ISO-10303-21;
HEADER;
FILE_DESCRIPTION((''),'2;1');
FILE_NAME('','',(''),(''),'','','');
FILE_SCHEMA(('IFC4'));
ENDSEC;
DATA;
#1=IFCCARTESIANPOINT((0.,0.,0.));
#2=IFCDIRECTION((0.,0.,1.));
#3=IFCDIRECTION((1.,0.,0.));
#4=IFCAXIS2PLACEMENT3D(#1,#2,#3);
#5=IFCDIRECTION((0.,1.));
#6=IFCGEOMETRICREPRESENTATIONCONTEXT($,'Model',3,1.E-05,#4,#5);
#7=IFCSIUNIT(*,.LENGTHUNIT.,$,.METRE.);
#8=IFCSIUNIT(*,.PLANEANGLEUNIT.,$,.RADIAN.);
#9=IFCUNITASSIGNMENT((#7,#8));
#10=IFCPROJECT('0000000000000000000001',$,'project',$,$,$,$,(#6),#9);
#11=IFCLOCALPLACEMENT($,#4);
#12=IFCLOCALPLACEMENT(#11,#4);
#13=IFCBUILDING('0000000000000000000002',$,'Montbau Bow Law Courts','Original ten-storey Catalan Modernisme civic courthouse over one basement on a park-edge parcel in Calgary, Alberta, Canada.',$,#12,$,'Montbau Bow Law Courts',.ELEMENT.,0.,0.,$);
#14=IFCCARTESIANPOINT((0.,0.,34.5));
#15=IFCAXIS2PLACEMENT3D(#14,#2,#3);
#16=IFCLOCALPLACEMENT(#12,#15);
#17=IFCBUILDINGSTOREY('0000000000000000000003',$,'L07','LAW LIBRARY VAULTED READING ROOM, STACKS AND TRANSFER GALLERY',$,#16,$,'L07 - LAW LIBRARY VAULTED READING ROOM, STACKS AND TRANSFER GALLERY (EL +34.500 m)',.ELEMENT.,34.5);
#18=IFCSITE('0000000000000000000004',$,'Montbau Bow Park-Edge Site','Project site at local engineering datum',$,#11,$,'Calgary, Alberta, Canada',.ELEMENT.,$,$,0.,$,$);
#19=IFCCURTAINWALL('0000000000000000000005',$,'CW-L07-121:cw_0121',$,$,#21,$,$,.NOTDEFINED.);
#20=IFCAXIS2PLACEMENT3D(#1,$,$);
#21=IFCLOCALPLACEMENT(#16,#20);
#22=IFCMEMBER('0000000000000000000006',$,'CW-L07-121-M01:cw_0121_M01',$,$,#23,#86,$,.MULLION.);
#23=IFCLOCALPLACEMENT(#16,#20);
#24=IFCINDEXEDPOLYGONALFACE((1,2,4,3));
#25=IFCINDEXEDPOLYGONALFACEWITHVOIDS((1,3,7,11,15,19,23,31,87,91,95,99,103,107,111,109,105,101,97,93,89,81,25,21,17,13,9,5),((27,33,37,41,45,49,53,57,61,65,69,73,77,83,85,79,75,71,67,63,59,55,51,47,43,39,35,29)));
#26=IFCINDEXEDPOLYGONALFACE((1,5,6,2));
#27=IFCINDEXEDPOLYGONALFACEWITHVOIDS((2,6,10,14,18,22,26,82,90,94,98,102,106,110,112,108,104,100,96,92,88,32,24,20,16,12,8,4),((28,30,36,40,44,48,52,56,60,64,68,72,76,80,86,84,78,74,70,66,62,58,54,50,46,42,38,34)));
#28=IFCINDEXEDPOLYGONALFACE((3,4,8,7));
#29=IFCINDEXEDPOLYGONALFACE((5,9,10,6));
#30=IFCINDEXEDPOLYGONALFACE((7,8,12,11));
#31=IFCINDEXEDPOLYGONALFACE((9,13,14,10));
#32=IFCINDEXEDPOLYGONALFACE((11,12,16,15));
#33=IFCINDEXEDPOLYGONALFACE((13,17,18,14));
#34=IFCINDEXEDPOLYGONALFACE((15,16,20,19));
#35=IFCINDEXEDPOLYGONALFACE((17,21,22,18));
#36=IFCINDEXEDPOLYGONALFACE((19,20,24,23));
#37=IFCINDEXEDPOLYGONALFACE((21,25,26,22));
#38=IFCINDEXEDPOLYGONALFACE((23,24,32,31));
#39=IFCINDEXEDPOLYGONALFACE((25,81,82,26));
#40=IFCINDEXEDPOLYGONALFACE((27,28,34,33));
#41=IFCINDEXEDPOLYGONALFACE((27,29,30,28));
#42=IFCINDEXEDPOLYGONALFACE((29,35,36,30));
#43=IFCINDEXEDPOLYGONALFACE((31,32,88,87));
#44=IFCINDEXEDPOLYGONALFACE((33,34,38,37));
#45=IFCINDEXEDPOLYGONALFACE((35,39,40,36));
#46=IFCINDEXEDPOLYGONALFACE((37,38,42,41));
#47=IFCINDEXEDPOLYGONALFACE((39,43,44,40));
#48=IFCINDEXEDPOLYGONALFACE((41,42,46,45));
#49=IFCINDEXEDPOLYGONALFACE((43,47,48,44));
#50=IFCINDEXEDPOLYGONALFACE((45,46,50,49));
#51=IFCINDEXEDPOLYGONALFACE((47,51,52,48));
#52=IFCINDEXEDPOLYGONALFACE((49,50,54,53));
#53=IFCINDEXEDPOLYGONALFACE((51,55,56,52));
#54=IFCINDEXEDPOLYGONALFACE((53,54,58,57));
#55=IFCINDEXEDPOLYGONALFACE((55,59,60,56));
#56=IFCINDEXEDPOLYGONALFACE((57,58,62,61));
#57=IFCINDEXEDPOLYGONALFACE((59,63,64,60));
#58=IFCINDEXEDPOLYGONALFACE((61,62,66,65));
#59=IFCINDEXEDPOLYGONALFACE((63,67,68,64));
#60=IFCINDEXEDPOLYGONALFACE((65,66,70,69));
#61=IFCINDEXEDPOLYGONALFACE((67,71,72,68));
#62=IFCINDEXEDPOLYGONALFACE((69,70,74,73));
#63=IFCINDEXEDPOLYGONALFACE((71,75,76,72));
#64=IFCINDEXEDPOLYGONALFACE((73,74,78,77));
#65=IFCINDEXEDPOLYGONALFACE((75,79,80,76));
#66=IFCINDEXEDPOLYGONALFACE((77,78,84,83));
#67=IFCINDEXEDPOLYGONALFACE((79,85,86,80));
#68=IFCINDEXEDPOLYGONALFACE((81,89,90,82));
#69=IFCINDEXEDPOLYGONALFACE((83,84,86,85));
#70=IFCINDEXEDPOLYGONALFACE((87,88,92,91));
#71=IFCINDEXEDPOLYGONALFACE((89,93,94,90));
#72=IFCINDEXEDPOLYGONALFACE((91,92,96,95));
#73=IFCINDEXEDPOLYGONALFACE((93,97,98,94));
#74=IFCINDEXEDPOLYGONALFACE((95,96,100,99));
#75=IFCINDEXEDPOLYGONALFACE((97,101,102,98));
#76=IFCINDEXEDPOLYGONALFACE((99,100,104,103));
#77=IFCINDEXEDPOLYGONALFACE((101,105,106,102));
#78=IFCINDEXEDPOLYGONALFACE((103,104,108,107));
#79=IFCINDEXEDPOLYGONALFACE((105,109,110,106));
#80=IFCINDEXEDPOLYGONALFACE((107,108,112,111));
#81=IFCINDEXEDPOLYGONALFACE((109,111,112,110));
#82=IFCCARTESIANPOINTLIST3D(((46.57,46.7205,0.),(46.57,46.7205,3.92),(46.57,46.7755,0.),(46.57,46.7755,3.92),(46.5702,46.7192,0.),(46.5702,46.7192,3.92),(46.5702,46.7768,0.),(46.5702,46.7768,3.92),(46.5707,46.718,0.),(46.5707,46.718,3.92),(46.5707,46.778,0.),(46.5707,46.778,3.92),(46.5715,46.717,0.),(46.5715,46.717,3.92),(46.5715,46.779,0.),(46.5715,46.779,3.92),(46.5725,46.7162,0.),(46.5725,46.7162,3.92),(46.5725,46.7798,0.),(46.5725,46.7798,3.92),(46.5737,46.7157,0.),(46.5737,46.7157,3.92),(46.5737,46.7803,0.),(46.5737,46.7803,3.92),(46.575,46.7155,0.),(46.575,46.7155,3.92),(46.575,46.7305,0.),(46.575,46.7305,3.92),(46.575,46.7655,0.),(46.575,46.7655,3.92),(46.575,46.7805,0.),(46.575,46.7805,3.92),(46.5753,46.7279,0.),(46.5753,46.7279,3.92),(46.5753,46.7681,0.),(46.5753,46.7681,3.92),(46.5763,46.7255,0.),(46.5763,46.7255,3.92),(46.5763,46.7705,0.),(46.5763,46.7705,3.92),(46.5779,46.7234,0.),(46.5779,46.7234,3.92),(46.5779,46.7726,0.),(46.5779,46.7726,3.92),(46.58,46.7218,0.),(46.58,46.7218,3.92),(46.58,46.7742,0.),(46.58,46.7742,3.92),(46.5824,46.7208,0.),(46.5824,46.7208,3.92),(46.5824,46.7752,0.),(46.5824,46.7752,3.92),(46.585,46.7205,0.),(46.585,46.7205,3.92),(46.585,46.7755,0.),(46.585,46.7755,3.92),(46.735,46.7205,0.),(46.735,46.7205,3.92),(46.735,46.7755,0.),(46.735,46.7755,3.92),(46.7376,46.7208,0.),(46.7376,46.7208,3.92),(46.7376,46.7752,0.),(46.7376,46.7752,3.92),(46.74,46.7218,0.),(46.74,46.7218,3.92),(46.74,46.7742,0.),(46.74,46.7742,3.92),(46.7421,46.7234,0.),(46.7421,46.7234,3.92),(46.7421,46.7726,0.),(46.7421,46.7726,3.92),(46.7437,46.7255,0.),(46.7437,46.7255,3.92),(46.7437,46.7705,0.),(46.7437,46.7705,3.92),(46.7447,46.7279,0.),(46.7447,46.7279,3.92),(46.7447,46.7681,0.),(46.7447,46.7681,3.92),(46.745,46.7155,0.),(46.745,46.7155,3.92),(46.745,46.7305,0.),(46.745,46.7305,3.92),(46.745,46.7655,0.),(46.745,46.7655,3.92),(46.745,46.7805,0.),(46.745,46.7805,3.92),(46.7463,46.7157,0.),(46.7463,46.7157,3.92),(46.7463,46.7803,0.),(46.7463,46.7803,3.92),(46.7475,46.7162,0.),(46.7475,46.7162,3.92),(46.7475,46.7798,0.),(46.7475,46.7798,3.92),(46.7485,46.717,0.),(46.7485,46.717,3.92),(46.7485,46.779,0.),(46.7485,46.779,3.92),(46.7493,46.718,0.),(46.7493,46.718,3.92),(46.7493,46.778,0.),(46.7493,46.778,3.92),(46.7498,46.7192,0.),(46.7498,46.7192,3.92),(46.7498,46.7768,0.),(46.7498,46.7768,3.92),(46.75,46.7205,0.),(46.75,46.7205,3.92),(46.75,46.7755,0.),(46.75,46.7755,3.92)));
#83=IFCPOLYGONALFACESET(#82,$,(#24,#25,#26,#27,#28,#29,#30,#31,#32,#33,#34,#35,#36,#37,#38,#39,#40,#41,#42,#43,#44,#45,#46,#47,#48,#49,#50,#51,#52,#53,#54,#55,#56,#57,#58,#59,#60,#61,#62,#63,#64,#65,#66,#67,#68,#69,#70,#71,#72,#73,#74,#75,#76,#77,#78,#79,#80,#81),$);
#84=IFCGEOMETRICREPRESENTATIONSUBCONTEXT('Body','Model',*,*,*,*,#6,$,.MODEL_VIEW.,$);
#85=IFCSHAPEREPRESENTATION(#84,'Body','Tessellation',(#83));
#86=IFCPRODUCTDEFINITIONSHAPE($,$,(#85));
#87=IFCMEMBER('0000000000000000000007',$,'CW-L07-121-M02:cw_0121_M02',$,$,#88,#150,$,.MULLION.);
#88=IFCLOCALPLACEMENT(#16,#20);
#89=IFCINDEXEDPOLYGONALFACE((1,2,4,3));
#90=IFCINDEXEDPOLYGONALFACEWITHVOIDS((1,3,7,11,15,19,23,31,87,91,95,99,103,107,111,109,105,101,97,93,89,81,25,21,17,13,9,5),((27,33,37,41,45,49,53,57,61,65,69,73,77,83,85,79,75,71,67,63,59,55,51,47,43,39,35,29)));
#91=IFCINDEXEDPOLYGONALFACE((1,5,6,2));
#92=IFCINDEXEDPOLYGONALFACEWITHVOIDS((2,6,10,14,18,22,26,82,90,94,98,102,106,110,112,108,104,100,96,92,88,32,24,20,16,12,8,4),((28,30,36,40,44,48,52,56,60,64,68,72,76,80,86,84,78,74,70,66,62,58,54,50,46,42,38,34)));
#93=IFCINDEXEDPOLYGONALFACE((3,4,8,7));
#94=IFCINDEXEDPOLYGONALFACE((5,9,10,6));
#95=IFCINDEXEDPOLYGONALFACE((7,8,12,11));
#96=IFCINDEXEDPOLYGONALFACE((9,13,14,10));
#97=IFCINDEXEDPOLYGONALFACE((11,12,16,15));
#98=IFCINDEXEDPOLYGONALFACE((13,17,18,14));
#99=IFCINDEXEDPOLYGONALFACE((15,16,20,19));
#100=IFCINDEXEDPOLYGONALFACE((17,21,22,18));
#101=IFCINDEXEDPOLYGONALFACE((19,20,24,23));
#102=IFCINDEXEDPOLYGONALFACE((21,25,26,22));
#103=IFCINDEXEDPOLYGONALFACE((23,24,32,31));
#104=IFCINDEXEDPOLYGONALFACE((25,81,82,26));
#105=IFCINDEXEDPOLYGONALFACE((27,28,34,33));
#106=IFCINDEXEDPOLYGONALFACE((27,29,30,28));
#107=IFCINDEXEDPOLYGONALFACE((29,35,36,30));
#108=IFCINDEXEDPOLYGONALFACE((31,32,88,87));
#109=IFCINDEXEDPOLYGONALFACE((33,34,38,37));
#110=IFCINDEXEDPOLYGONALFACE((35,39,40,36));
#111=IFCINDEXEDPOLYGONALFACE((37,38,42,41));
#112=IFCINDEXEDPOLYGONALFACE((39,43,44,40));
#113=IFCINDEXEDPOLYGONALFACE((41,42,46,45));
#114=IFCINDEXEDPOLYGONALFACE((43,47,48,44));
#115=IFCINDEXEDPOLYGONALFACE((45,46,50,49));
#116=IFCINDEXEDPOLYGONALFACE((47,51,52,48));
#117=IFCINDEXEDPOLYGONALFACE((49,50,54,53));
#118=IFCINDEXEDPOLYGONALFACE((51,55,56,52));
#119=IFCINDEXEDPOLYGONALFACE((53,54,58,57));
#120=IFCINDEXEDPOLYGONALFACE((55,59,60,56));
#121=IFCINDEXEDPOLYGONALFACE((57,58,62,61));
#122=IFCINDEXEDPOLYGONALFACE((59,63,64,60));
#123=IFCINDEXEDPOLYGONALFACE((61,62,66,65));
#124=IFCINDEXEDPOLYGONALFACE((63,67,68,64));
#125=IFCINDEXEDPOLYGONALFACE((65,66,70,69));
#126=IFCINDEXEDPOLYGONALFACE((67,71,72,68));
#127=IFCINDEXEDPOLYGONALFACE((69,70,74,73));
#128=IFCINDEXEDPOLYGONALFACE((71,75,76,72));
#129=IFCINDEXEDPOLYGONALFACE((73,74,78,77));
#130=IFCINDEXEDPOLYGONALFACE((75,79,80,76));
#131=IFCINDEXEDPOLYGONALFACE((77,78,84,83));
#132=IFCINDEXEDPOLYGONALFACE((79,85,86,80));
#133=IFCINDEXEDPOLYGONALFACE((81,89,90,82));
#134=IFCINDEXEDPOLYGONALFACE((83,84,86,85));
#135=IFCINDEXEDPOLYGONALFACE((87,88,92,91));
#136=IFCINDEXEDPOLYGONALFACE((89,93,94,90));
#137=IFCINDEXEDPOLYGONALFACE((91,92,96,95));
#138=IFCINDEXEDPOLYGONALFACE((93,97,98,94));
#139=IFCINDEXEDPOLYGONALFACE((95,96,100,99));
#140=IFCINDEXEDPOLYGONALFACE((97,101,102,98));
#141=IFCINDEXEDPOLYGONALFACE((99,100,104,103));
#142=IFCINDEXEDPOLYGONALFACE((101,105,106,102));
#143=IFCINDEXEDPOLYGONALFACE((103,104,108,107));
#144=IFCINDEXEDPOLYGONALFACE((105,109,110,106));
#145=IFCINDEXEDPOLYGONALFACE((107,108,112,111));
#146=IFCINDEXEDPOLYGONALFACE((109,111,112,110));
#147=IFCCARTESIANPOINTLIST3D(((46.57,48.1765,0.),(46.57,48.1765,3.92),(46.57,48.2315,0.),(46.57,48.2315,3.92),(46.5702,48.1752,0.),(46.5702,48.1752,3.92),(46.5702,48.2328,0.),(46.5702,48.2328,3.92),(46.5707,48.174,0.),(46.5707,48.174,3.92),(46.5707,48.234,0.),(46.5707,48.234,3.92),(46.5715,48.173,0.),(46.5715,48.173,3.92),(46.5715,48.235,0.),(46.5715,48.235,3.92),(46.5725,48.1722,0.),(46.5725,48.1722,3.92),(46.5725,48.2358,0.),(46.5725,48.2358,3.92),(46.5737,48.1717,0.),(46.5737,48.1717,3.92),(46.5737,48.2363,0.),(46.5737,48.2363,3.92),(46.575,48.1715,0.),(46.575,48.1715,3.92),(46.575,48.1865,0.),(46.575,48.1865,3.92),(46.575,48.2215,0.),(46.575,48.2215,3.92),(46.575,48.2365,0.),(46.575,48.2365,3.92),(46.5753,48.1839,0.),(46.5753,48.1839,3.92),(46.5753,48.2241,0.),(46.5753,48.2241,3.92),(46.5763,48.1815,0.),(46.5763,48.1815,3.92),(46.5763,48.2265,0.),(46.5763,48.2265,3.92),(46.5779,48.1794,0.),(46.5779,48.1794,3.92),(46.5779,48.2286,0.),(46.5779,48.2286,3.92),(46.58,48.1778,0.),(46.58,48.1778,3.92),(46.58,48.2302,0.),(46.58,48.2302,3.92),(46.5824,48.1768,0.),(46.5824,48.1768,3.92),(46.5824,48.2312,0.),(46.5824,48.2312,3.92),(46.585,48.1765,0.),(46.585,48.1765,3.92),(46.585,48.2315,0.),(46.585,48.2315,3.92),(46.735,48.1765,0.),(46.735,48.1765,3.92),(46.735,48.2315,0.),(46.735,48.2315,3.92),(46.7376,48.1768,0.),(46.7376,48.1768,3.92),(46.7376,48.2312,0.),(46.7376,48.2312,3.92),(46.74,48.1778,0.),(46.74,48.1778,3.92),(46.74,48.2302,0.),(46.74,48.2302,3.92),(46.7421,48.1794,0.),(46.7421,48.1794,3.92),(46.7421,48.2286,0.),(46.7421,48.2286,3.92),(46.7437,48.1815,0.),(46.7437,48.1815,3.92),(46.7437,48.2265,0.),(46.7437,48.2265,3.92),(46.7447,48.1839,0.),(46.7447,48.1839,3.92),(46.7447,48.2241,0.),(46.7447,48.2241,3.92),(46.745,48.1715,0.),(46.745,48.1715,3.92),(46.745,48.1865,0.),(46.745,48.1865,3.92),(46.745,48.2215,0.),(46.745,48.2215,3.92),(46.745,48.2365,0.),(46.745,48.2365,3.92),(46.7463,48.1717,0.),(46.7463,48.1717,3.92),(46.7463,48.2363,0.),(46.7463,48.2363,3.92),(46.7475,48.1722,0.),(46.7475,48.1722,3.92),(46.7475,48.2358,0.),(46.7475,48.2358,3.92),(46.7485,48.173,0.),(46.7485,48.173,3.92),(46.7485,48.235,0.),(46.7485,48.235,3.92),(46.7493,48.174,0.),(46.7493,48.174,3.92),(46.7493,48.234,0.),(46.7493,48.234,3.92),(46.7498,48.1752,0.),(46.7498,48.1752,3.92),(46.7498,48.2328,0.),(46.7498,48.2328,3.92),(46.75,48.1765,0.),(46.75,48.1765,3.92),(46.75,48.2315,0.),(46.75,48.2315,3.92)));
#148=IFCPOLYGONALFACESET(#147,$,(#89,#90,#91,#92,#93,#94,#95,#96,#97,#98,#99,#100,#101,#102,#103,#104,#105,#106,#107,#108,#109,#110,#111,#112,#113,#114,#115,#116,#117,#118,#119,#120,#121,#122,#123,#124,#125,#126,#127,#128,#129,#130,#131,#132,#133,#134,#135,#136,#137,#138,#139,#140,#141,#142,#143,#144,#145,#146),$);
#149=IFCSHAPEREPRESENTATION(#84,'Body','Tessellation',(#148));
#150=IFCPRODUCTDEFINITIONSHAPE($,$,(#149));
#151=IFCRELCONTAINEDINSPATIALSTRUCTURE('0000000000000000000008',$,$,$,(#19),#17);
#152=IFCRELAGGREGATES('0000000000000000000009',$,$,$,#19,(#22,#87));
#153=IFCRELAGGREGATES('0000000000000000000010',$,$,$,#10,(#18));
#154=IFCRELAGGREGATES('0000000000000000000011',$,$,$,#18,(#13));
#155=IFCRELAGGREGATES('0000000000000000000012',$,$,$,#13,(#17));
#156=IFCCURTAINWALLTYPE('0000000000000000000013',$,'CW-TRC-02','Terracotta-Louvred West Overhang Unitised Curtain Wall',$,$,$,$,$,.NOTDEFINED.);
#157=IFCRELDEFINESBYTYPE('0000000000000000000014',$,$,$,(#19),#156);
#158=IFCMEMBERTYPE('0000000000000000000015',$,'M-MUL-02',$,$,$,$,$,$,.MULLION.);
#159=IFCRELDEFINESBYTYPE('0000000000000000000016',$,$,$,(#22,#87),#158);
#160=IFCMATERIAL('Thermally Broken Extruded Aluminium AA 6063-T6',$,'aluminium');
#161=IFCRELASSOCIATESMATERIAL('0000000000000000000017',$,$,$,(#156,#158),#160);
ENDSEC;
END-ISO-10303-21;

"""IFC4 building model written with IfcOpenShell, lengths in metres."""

from ifc_helpers import new_model, si_unit, direction, frame, origin_with_axes, origin_2d_with_axis, place, context, subcontext, project, spatial, hollow_rectangle, extrude, material, material_profile, profile_set, type_object, element, aggregate, save


model = new_model("IFC4")

# Units and contexts
model_context = context("Model", 3, precision=1e-05, world=origin_with_axes(), true_north=direction((0.0, 1.0)))
body_context = subcontext(model_context, "Body", "Model", "MODEL_VIEW")
ifc_project = project(units=[si_unit("LENGTHUNIT", "METRE"), si_unit("PLANEANGLEUNIT", "RADIAN")], contexts=[model_context])

# Site, building, storey
site_placement = place(None, origin_with_axes())
site = spatial("IfcSite", under=ifc_project, at=site_placement, Name="Montbau Bow Park-Edge Site", Description="Project site at local engineering datum", LongName="Calgary, Alberta, Canada", CompositionType="ELEMENT", RefElevation=0.0)
building_placement = place(site_placement, origin_with_axes())
building = spatial("IfcBuilding", under=site, at=building_placement, Name="Montbau Bow Law Courts", Description="Original ten-storey Catalan Modernisme civic courthouse over one basement on a park-edge parcel in Calgary, Alberta, Canada.", LongName="Montbau Bow Law Courts", CompositionType="ELEMENT", ElevationOfRefHeight=0.0, ElevationOfTerrain=0.0)
storey_placement = place(building_placement, frame((0.0, 0.0, 34.5), z_axis=(0.0, 0.0, 1.0), x_axis=(1.0, 0.0, 0.0)))
storey = spatial("IfcBuildingStorey", under=building, at=storey_placement, Name="L07", Description="LAW LIBRARY VAULTED READING ROOM, STACKS AND TRANSFER GALLERY", LongName="L07 - LAW LIBRARY VAULTED READING ROOM, STACKS AND TRANSFER GALLERY (EL +34.500 m)", CompositionType="ELEMENT", Elevation=34.5)

# Shared definitions
ifc_material_1 = material(Name="Thermally Broken Extruded Aluminium AA 6063-T6", Category="aluminium")
curtain_wall_type = type_object("IfcCurtainWallType", Name="CW-TRC-02", Description="Terracotta-Louvred West Overhang Unitised Curtain Wall", PredefinedType="NOTDEFINED", material=ifc_material_1)

# Curtain wall, members
curtain_wall_1_placement = place(None, frame((46.66, 46.715, 34.5), z_axis=(0.0, 0.0, 1.0), x_axis=(1.0, 0.0, 0.0)))
curtain_wall_1 = element("IfcCurtainWall", 1, at=curtain_wall_1_placement, inside=storey, type_object=curtain_wall_type, Name="CW-L07-121:cw_0121", PredefinedType="NOTDEFINED")
ifc_material_profile_1 = material_profile(ifc_material_1, hollow_rectangle(XDim=0.065, YDim=0.18, WallThickness=0.005, InnerFilletRadius=0.01, OuterFilletRadius=0.005, at=origin_2d_with_axis()), Name="CWM-180X65", Category="Main", Priority=0)
ifc_profile_set_1 = profile_set([ifc_material_profile_1], Name="Thermally Broken Extruded Aluminium AA 6063-T6")
member_type_1 = type_object("IfcMemberType", Name="M-MUL-02", PredefinedType="MULLION", material=ifc_profile_set_1)
member_1_placement = place(None, frame((46.66, 46.748, 34.5), z_axis=(0.0, 0.0, 1.0), x_axis=(0.0, 1.0, 0.0)))
member_1 = element("IfcMember", 2, at=member_1_placement, type_object=member_type_1, Name="CW-L07-121-M01:cw_0121_M01", PredefinedType="MULLION", context=body_context, shape_type="SweptSolid", body=[
    extrude(hollow_rectangle(XDim=0.065, YDim=0.18, WallThickness=0.005, InnerFilletRadius=0.01, OuterFilletRadius=0.005, at=origin_2d_with_axis()), origin_with_axes(), (0.0, 0.0, 1.0), 3.92),
])
member_2_placement = place(None, frame((46.66, 48.204, 34.5), z_axis=(0.0, 0.0, 1.0), x_axis=(0.0, 1.0, 0.0)))
member_2 = element("IfcMember", 3, at=member_2_placement, type_object=member_type_1, Name="CW-L07-121-M02:cw_0121_M02", PredefinedType="MULLION", context=body_context, shape_type="SweptSolid", body=[
    extrude(hollow_rectangle(XDim=0.065, YDim=0.18, WallThickness=0.005, InnerFilletRadius=0.01, OuterFilletRadius=0.005, at=origin_2d_with_axis()), origin_with_axes(), (0.0, 0.0, 1.0), 3.92),
])

aggregate(curtain_wall_1, [member_1, member_2])

save(model, "model.ifc")
